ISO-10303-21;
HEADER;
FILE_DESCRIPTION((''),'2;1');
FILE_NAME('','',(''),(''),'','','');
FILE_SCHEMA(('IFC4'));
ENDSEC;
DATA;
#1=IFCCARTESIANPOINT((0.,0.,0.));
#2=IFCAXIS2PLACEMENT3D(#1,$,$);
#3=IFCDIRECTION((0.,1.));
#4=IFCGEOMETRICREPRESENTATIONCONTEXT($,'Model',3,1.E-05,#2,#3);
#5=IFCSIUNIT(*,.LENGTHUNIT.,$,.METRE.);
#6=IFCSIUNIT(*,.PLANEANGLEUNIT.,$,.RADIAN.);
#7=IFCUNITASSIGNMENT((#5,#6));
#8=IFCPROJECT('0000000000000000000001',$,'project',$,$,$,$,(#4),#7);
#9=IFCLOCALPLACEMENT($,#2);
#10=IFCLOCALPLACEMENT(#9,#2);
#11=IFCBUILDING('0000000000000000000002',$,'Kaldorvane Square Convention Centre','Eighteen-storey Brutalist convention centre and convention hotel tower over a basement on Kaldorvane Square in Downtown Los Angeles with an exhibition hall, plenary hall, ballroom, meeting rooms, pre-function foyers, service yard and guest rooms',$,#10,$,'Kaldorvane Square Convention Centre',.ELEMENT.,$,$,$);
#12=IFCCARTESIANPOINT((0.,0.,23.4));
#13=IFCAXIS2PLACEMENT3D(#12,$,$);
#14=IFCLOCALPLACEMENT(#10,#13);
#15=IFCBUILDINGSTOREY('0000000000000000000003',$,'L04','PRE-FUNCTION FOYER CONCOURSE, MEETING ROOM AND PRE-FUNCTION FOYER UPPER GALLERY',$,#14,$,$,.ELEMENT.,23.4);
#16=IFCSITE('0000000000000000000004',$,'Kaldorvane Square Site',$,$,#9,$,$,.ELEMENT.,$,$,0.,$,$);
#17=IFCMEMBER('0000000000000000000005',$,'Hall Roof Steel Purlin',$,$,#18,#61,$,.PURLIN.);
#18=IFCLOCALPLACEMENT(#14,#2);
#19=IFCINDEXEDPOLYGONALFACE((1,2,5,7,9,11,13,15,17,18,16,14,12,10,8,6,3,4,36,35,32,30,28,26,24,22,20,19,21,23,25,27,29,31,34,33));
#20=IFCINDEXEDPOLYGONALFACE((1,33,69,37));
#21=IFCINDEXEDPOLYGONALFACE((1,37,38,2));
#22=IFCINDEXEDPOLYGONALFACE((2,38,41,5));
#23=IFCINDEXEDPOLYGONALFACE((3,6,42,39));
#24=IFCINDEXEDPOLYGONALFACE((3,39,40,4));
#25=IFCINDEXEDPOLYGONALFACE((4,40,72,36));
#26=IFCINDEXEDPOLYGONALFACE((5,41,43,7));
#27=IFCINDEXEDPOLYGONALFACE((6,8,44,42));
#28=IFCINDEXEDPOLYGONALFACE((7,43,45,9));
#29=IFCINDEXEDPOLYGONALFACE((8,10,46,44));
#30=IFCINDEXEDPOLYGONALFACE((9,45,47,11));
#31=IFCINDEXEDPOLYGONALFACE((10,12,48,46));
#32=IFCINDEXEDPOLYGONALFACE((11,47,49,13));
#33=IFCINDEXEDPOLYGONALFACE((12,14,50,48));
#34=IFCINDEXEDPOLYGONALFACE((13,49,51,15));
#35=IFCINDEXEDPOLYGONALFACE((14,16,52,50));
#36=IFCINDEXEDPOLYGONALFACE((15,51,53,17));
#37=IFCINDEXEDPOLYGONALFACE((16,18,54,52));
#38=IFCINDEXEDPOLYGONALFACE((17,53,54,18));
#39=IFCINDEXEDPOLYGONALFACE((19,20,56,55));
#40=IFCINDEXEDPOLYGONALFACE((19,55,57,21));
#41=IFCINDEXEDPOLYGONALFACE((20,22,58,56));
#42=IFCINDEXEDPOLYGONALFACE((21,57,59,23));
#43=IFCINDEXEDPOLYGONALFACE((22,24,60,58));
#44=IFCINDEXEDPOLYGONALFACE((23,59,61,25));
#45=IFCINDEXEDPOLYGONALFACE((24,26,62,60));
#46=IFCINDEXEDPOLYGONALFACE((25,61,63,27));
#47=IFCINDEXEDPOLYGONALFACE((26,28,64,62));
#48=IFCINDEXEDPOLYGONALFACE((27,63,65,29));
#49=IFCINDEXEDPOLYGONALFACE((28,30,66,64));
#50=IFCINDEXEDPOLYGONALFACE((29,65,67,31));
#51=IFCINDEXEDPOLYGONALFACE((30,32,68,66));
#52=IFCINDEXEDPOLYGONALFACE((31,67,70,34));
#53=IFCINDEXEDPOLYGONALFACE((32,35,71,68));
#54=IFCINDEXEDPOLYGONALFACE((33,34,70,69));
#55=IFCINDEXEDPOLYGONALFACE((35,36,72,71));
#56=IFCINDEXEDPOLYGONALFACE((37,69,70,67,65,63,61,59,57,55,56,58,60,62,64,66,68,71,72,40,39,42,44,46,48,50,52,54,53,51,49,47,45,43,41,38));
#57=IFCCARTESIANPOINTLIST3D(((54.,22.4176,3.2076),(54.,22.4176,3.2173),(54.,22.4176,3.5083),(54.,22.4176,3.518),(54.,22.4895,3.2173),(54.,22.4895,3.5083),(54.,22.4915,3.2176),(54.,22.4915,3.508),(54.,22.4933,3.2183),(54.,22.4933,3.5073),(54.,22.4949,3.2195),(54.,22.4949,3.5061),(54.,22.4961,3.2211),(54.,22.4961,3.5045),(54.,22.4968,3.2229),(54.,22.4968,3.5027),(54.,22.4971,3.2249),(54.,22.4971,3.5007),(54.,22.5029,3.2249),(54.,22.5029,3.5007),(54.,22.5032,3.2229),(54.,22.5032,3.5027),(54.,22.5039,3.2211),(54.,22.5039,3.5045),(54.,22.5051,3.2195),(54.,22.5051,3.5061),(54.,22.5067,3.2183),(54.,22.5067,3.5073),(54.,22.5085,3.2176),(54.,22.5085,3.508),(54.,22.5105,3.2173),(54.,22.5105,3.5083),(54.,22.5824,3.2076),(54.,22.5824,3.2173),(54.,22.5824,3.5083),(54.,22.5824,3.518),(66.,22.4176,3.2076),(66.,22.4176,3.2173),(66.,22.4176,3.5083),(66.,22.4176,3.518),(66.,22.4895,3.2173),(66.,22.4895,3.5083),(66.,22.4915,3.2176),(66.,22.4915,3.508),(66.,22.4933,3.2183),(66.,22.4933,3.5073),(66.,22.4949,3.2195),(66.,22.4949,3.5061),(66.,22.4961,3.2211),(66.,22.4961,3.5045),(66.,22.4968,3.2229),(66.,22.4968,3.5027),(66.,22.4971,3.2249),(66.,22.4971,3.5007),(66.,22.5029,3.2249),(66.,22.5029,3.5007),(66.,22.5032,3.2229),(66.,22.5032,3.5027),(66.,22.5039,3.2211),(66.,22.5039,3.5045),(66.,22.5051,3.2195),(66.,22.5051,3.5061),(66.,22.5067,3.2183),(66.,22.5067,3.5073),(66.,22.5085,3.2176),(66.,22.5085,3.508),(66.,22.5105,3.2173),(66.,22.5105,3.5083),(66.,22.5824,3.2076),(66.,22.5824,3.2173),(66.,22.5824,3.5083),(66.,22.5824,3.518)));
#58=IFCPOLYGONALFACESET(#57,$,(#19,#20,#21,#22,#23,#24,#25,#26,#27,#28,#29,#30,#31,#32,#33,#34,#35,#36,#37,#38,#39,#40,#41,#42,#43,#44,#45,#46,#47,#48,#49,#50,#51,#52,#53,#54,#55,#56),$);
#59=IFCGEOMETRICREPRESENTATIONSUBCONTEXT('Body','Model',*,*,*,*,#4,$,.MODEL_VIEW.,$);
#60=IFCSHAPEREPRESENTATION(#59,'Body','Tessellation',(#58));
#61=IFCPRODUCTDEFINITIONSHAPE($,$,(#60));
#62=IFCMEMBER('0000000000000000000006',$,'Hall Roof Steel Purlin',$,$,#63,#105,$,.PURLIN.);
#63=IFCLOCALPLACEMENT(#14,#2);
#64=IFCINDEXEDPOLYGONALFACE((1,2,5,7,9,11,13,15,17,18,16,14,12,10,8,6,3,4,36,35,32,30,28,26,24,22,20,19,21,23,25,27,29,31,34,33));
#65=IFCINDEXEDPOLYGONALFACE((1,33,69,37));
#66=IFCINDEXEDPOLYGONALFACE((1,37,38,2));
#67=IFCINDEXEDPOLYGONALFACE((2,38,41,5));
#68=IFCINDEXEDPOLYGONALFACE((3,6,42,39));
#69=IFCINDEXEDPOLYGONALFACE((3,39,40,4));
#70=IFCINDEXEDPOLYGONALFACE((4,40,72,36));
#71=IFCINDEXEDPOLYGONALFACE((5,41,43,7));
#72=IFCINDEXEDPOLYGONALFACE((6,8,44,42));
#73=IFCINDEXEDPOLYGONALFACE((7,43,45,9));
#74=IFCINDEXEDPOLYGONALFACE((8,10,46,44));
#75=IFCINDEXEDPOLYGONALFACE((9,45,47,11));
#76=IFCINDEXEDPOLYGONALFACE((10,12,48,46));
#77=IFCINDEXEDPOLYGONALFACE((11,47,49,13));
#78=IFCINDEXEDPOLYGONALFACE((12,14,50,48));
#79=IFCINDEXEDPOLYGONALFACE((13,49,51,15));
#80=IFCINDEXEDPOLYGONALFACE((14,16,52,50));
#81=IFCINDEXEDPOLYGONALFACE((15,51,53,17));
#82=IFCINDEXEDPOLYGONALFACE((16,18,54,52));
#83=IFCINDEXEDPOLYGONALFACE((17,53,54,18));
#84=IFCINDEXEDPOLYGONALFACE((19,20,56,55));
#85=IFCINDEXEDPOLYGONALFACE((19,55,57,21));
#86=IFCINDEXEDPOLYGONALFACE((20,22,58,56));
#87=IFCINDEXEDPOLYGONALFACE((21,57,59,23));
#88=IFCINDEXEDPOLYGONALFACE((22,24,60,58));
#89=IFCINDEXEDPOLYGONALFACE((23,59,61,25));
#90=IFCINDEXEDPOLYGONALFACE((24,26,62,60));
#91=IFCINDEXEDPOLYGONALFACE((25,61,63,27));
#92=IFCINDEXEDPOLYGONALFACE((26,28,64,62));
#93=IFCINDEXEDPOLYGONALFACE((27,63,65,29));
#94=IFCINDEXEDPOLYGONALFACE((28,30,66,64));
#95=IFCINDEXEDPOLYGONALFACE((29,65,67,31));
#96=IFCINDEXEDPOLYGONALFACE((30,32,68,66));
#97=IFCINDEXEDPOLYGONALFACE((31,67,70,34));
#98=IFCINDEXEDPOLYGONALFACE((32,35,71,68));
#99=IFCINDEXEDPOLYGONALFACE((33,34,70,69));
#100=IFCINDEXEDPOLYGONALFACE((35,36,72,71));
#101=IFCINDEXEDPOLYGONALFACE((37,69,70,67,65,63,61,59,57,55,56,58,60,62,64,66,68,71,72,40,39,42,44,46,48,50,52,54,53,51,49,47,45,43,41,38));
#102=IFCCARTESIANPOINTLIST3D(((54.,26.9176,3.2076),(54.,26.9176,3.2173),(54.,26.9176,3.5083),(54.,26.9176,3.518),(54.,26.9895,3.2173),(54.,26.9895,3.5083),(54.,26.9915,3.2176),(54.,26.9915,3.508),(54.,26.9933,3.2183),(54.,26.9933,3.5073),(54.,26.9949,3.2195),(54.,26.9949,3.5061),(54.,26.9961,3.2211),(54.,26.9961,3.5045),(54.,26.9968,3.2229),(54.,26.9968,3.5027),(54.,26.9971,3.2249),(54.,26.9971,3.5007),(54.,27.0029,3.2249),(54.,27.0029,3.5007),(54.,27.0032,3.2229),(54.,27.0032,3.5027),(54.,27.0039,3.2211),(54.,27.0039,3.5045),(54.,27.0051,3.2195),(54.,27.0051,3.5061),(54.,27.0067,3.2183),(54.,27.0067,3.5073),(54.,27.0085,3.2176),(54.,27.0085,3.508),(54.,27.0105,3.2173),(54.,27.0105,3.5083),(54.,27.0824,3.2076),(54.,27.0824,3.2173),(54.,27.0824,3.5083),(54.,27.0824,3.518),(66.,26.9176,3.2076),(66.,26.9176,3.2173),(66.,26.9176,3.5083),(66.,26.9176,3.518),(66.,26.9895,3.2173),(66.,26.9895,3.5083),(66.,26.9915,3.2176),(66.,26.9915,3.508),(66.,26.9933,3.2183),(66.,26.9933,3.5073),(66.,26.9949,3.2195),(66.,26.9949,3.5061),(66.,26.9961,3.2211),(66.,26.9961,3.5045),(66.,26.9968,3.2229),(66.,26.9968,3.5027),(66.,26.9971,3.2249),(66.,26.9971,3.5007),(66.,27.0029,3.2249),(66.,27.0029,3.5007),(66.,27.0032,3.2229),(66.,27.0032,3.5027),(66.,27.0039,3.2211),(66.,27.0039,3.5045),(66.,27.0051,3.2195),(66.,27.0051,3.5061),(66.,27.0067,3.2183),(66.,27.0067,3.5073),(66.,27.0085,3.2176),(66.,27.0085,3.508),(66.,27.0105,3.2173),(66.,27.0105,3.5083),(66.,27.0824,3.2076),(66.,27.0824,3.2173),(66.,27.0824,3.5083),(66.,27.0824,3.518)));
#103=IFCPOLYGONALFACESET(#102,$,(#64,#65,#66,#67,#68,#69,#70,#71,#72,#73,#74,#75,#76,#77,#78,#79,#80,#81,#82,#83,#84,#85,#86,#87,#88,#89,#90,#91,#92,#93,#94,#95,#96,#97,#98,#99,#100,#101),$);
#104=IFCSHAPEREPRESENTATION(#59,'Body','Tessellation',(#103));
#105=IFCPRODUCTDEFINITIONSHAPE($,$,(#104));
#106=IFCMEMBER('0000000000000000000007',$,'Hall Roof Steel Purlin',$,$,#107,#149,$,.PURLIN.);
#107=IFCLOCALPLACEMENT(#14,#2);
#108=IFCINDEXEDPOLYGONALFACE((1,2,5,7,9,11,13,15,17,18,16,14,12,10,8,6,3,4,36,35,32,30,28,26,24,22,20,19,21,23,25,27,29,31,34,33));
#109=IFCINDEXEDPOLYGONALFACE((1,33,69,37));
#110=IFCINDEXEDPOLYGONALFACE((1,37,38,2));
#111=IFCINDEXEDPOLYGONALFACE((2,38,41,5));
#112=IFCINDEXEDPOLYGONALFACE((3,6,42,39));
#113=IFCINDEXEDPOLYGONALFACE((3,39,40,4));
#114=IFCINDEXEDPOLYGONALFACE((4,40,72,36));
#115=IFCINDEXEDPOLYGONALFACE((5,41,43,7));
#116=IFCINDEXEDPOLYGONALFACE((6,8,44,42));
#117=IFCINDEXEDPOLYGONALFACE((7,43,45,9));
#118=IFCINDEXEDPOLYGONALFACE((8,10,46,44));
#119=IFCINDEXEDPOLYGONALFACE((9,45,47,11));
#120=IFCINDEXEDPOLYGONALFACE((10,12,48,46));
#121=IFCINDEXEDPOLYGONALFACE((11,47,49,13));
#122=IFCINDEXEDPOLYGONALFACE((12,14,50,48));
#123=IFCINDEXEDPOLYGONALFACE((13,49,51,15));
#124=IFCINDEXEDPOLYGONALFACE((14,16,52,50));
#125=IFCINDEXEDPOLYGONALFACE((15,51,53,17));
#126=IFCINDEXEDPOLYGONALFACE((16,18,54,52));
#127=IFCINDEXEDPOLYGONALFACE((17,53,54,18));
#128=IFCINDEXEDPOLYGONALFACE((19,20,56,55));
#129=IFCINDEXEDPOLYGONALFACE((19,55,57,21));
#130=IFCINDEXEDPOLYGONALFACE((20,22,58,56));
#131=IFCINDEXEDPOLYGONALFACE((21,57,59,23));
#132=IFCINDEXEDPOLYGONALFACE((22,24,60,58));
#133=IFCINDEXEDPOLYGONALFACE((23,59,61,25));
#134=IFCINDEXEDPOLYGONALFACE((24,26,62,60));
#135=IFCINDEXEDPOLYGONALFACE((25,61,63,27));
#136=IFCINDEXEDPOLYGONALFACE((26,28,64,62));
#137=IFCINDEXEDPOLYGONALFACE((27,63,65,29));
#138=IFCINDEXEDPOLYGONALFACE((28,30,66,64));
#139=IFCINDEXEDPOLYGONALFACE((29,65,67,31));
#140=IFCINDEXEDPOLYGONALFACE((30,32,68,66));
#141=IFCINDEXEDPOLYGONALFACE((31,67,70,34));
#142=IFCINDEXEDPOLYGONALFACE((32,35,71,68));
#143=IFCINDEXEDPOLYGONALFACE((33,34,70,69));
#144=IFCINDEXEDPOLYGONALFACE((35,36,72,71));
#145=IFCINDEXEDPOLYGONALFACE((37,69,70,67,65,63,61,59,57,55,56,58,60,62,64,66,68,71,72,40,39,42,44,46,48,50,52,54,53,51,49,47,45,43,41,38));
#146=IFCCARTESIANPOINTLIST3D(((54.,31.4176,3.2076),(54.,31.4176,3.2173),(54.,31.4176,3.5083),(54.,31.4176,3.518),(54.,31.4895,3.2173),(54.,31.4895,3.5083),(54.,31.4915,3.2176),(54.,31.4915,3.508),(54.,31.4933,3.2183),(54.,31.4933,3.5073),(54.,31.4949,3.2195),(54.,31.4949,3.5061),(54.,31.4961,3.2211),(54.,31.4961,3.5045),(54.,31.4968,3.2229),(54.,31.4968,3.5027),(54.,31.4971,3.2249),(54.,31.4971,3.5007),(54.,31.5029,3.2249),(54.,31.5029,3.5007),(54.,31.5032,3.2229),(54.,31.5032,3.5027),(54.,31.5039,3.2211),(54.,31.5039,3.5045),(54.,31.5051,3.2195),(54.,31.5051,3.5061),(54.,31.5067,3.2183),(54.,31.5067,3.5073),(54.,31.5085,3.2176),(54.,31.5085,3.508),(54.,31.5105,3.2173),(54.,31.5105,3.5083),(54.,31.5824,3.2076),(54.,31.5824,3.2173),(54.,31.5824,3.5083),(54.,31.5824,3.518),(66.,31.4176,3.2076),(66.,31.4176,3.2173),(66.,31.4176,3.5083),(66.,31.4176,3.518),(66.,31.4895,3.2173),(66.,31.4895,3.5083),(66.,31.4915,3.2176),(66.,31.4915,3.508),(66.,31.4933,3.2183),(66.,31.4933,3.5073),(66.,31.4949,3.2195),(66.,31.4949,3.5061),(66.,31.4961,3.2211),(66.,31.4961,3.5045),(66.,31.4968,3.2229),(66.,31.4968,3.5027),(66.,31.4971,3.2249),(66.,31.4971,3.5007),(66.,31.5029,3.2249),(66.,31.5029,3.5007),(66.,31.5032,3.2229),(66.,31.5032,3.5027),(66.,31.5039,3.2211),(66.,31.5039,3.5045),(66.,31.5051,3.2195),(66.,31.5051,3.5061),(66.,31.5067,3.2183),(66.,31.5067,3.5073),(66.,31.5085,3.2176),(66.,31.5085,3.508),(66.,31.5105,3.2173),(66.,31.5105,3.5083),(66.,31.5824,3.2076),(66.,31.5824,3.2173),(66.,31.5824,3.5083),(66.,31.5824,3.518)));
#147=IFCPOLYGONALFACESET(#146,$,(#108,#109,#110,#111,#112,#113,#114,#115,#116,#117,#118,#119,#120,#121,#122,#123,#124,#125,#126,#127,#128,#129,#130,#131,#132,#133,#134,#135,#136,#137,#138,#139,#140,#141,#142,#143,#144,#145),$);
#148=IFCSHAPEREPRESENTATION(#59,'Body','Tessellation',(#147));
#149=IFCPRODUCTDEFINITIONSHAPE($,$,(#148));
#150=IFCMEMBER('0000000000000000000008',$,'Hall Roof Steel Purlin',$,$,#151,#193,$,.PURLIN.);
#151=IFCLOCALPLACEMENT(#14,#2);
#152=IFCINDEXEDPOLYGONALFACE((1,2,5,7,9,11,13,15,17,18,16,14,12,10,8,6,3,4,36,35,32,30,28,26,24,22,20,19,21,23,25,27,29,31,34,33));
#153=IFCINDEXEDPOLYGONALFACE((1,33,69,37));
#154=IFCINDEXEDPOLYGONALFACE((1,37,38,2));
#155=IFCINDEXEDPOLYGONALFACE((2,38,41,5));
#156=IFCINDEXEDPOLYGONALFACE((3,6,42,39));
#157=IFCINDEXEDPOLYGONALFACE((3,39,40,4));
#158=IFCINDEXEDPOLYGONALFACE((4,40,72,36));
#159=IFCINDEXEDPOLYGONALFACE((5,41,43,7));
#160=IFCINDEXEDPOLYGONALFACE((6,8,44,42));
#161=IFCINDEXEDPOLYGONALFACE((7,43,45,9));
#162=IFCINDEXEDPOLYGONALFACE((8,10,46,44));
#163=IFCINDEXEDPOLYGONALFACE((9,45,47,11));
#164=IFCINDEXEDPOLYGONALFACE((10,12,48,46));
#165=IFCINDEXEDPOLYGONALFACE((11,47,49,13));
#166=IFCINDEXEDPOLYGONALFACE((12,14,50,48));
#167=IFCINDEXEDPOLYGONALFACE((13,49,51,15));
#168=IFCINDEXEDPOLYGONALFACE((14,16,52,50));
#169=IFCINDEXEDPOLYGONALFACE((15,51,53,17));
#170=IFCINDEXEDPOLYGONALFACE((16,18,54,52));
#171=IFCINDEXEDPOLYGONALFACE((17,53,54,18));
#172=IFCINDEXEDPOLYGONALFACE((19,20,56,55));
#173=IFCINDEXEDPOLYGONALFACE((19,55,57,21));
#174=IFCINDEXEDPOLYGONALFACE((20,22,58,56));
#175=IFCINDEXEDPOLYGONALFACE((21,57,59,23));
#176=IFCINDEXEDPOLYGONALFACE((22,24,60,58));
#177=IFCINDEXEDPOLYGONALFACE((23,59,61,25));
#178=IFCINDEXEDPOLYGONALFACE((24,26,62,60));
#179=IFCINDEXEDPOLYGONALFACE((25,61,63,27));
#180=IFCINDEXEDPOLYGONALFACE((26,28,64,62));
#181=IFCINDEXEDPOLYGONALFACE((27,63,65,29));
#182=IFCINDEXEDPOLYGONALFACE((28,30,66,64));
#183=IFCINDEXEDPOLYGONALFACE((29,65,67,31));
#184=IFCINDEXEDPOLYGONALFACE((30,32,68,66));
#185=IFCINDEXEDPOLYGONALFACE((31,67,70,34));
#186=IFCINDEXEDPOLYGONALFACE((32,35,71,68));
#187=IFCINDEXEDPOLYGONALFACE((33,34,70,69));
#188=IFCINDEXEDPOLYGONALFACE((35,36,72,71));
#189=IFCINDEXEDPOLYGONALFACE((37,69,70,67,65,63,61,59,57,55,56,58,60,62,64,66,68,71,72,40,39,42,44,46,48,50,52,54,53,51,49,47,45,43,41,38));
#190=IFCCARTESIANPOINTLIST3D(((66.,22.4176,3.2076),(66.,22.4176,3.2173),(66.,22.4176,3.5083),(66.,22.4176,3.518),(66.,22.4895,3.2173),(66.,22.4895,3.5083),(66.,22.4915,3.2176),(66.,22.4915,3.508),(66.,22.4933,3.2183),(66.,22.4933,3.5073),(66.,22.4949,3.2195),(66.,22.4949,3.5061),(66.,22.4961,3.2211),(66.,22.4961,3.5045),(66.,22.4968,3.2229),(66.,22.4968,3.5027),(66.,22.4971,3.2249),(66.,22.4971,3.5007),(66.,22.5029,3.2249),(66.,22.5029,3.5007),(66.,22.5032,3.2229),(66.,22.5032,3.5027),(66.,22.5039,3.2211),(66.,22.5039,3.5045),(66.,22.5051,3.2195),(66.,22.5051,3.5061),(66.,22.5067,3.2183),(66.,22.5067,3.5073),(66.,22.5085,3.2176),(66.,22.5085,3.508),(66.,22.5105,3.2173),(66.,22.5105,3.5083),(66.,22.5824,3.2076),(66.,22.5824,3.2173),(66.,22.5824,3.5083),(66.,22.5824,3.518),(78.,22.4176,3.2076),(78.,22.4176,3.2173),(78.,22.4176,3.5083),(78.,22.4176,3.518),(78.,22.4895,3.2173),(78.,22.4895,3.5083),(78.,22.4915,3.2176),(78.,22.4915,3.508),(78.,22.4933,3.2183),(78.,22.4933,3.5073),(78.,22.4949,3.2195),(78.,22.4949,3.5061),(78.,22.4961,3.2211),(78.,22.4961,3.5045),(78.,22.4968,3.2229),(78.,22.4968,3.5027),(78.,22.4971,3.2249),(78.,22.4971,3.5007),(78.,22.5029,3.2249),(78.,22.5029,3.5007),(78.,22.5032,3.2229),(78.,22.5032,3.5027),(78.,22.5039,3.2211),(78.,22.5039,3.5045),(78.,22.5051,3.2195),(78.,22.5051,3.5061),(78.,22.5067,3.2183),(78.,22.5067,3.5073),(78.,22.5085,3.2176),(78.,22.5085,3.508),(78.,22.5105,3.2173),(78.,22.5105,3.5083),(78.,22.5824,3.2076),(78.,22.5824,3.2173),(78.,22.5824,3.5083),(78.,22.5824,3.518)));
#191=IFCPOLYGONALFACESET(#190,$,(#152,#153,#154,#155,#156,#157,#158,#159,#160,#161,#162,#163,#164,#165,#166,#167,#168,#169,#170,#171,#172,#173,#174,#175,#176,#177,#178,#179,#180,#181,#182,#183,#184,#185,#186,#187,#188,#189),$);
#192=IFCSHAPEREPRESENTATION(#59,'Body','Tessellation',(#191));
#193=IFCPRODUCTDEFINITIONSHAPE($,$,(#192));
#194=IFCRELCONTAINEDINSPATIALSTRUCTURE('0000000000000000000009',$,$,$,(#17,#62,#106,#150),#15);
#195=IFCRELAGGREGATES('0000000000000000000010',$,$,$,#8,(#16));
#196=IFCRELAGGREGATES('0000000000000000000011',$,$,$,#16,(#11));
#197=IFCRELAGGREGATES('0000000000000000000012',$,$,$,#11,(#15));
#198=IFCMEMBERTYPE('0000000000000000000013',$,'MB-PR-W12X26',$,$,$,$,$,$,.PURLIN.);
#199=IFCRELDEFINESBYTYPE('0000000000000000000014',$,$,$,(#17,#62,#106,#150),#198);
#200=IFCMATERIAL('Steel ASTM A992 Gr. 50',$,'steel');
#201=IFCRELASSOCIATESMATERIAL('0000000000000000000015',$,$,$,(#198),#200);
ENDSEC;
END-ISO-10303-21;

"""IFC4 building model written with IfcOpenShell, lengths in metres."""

from ifc_helpers import new_model, si_unit, direction, frame, origin, origin_2d, place, context, subcontext, project, spatial, i_section, extrude, material, material_profile, profile_set, type_object, element, save


model = new_model("IFC4")

# Units and contexts
model_context = context("Model", 3, precision=1e-05, world=origin(), true_north=direction((0.0, 1.0)))
body_context = subcontext(model_context, "Body", "Model", "MODEL_VIEW")
ifc_project = project(units=[si_unit("LENGTHUNIT", "METRE"), si_unit("PLANEANGLEUNIT", "RADIAN")], contexts=[model_context])

# Site, building, storey
site_placement = place(None, origin())
site = spatial("IfcSite", under=ifc_project, at=site_placement, Name="Kaldorvane Square Site", CompositionType="ELEMENT", RefElevation=0.0)
building_placement = place(site_placement, origin())
building = spatial("IfcBuilding", under=site, at=building_placement, Name="Kaldorvane Square Convention Centre", Description="Eighteen-storey Brutalist convention centre and convention hotel tower over a basement on Kaldorvane Square in Downtown Los Angeles with an exhibition hall, plenary hall, ballroom, meeting rooms, pre-function foyers, service yard and guest rooms", LongName="Kaldorvane Square Convention Centre", CompositionType="ELEMENT")
storey_placement = place(building_placement, frame((0.0, 0.0, 23.4)))
storey = spatial("IfcBuildingStorey", under=building, at=storey_placement, Name="L04", Description="PRE-FUNCTION FOYER CONCOURSE, MEETING ROOM AND PRE-FUNCTION FOYER UPPER GALLERY", CompositionType="ELEMENT", Elevation=23.4)

# Shared definitions
ifc_material_1 = material(Name="Steel ASTM A992 Gr. 50", Category="steel")

# Members
ifc_material_profile_1 = material_profile(ifc_material_1, i_section(OverallWidth=0.1648, OverallDepth=0.3104, WebThickness=0.0058, FlangeThickness=0.0097, FilletRadius=0.0076, at=origin_2d()), Name="W12X26")
ifc_profile_set_1 = profile_set([ifc_material_profile_1], Name="Steel ASTM A992 Gr. 50")
member_type_1 = type_object("IfcMemberType", Name="MB-PR-W12X26", PredefinedType="PURLIN", material=ifc_profile_set_1)
for number, where, z_axis, x_axis, name in (
    (1, (54.0, 22.5, 3.3628), (1.0, 0.0, 0.0), (0.0, 1.0, 0.0), "Hall Roof Steel Purlin"),
    (2, (54.0, 27.0, 3.3628), (1.0, 0.0, 0.0), (0.0, 1.0, 0.0), "Hall Roof Steel Purlin"),
    (3, (54.0, 31.5, 3.3628), (1.0, 0.0, 0.0), (0.0, 1.0, 0.0), "Hall Roof Steel Purlin"),
    (4, (66.0, 22.5, 3.3628), (1.0, 0.0, 0.0), (0.0, 1.0, 0.0), "Hall Roof Steel Purlin"),
):
    element("IfcMember", number, at=place(storey_placement, frame(where, z_axis=z_axis, x_axis=x_axis)), inside=storey, type_object=member_type_1, Name=name, PredefinedType="PURLIN", context=body_context, shape_type="SweptSolid", body=[
        extrude(i_section(OverallWidth=0.1648, OverallDepth=0.3104, WebThickness=0.0058, FlangeThickness=0.0097, FilletRadius=0.0076, at=origin_2d()), origin(), (0.0, 0.0, 1.0), 12.0),
    ])

save(model, "model.ifc")
